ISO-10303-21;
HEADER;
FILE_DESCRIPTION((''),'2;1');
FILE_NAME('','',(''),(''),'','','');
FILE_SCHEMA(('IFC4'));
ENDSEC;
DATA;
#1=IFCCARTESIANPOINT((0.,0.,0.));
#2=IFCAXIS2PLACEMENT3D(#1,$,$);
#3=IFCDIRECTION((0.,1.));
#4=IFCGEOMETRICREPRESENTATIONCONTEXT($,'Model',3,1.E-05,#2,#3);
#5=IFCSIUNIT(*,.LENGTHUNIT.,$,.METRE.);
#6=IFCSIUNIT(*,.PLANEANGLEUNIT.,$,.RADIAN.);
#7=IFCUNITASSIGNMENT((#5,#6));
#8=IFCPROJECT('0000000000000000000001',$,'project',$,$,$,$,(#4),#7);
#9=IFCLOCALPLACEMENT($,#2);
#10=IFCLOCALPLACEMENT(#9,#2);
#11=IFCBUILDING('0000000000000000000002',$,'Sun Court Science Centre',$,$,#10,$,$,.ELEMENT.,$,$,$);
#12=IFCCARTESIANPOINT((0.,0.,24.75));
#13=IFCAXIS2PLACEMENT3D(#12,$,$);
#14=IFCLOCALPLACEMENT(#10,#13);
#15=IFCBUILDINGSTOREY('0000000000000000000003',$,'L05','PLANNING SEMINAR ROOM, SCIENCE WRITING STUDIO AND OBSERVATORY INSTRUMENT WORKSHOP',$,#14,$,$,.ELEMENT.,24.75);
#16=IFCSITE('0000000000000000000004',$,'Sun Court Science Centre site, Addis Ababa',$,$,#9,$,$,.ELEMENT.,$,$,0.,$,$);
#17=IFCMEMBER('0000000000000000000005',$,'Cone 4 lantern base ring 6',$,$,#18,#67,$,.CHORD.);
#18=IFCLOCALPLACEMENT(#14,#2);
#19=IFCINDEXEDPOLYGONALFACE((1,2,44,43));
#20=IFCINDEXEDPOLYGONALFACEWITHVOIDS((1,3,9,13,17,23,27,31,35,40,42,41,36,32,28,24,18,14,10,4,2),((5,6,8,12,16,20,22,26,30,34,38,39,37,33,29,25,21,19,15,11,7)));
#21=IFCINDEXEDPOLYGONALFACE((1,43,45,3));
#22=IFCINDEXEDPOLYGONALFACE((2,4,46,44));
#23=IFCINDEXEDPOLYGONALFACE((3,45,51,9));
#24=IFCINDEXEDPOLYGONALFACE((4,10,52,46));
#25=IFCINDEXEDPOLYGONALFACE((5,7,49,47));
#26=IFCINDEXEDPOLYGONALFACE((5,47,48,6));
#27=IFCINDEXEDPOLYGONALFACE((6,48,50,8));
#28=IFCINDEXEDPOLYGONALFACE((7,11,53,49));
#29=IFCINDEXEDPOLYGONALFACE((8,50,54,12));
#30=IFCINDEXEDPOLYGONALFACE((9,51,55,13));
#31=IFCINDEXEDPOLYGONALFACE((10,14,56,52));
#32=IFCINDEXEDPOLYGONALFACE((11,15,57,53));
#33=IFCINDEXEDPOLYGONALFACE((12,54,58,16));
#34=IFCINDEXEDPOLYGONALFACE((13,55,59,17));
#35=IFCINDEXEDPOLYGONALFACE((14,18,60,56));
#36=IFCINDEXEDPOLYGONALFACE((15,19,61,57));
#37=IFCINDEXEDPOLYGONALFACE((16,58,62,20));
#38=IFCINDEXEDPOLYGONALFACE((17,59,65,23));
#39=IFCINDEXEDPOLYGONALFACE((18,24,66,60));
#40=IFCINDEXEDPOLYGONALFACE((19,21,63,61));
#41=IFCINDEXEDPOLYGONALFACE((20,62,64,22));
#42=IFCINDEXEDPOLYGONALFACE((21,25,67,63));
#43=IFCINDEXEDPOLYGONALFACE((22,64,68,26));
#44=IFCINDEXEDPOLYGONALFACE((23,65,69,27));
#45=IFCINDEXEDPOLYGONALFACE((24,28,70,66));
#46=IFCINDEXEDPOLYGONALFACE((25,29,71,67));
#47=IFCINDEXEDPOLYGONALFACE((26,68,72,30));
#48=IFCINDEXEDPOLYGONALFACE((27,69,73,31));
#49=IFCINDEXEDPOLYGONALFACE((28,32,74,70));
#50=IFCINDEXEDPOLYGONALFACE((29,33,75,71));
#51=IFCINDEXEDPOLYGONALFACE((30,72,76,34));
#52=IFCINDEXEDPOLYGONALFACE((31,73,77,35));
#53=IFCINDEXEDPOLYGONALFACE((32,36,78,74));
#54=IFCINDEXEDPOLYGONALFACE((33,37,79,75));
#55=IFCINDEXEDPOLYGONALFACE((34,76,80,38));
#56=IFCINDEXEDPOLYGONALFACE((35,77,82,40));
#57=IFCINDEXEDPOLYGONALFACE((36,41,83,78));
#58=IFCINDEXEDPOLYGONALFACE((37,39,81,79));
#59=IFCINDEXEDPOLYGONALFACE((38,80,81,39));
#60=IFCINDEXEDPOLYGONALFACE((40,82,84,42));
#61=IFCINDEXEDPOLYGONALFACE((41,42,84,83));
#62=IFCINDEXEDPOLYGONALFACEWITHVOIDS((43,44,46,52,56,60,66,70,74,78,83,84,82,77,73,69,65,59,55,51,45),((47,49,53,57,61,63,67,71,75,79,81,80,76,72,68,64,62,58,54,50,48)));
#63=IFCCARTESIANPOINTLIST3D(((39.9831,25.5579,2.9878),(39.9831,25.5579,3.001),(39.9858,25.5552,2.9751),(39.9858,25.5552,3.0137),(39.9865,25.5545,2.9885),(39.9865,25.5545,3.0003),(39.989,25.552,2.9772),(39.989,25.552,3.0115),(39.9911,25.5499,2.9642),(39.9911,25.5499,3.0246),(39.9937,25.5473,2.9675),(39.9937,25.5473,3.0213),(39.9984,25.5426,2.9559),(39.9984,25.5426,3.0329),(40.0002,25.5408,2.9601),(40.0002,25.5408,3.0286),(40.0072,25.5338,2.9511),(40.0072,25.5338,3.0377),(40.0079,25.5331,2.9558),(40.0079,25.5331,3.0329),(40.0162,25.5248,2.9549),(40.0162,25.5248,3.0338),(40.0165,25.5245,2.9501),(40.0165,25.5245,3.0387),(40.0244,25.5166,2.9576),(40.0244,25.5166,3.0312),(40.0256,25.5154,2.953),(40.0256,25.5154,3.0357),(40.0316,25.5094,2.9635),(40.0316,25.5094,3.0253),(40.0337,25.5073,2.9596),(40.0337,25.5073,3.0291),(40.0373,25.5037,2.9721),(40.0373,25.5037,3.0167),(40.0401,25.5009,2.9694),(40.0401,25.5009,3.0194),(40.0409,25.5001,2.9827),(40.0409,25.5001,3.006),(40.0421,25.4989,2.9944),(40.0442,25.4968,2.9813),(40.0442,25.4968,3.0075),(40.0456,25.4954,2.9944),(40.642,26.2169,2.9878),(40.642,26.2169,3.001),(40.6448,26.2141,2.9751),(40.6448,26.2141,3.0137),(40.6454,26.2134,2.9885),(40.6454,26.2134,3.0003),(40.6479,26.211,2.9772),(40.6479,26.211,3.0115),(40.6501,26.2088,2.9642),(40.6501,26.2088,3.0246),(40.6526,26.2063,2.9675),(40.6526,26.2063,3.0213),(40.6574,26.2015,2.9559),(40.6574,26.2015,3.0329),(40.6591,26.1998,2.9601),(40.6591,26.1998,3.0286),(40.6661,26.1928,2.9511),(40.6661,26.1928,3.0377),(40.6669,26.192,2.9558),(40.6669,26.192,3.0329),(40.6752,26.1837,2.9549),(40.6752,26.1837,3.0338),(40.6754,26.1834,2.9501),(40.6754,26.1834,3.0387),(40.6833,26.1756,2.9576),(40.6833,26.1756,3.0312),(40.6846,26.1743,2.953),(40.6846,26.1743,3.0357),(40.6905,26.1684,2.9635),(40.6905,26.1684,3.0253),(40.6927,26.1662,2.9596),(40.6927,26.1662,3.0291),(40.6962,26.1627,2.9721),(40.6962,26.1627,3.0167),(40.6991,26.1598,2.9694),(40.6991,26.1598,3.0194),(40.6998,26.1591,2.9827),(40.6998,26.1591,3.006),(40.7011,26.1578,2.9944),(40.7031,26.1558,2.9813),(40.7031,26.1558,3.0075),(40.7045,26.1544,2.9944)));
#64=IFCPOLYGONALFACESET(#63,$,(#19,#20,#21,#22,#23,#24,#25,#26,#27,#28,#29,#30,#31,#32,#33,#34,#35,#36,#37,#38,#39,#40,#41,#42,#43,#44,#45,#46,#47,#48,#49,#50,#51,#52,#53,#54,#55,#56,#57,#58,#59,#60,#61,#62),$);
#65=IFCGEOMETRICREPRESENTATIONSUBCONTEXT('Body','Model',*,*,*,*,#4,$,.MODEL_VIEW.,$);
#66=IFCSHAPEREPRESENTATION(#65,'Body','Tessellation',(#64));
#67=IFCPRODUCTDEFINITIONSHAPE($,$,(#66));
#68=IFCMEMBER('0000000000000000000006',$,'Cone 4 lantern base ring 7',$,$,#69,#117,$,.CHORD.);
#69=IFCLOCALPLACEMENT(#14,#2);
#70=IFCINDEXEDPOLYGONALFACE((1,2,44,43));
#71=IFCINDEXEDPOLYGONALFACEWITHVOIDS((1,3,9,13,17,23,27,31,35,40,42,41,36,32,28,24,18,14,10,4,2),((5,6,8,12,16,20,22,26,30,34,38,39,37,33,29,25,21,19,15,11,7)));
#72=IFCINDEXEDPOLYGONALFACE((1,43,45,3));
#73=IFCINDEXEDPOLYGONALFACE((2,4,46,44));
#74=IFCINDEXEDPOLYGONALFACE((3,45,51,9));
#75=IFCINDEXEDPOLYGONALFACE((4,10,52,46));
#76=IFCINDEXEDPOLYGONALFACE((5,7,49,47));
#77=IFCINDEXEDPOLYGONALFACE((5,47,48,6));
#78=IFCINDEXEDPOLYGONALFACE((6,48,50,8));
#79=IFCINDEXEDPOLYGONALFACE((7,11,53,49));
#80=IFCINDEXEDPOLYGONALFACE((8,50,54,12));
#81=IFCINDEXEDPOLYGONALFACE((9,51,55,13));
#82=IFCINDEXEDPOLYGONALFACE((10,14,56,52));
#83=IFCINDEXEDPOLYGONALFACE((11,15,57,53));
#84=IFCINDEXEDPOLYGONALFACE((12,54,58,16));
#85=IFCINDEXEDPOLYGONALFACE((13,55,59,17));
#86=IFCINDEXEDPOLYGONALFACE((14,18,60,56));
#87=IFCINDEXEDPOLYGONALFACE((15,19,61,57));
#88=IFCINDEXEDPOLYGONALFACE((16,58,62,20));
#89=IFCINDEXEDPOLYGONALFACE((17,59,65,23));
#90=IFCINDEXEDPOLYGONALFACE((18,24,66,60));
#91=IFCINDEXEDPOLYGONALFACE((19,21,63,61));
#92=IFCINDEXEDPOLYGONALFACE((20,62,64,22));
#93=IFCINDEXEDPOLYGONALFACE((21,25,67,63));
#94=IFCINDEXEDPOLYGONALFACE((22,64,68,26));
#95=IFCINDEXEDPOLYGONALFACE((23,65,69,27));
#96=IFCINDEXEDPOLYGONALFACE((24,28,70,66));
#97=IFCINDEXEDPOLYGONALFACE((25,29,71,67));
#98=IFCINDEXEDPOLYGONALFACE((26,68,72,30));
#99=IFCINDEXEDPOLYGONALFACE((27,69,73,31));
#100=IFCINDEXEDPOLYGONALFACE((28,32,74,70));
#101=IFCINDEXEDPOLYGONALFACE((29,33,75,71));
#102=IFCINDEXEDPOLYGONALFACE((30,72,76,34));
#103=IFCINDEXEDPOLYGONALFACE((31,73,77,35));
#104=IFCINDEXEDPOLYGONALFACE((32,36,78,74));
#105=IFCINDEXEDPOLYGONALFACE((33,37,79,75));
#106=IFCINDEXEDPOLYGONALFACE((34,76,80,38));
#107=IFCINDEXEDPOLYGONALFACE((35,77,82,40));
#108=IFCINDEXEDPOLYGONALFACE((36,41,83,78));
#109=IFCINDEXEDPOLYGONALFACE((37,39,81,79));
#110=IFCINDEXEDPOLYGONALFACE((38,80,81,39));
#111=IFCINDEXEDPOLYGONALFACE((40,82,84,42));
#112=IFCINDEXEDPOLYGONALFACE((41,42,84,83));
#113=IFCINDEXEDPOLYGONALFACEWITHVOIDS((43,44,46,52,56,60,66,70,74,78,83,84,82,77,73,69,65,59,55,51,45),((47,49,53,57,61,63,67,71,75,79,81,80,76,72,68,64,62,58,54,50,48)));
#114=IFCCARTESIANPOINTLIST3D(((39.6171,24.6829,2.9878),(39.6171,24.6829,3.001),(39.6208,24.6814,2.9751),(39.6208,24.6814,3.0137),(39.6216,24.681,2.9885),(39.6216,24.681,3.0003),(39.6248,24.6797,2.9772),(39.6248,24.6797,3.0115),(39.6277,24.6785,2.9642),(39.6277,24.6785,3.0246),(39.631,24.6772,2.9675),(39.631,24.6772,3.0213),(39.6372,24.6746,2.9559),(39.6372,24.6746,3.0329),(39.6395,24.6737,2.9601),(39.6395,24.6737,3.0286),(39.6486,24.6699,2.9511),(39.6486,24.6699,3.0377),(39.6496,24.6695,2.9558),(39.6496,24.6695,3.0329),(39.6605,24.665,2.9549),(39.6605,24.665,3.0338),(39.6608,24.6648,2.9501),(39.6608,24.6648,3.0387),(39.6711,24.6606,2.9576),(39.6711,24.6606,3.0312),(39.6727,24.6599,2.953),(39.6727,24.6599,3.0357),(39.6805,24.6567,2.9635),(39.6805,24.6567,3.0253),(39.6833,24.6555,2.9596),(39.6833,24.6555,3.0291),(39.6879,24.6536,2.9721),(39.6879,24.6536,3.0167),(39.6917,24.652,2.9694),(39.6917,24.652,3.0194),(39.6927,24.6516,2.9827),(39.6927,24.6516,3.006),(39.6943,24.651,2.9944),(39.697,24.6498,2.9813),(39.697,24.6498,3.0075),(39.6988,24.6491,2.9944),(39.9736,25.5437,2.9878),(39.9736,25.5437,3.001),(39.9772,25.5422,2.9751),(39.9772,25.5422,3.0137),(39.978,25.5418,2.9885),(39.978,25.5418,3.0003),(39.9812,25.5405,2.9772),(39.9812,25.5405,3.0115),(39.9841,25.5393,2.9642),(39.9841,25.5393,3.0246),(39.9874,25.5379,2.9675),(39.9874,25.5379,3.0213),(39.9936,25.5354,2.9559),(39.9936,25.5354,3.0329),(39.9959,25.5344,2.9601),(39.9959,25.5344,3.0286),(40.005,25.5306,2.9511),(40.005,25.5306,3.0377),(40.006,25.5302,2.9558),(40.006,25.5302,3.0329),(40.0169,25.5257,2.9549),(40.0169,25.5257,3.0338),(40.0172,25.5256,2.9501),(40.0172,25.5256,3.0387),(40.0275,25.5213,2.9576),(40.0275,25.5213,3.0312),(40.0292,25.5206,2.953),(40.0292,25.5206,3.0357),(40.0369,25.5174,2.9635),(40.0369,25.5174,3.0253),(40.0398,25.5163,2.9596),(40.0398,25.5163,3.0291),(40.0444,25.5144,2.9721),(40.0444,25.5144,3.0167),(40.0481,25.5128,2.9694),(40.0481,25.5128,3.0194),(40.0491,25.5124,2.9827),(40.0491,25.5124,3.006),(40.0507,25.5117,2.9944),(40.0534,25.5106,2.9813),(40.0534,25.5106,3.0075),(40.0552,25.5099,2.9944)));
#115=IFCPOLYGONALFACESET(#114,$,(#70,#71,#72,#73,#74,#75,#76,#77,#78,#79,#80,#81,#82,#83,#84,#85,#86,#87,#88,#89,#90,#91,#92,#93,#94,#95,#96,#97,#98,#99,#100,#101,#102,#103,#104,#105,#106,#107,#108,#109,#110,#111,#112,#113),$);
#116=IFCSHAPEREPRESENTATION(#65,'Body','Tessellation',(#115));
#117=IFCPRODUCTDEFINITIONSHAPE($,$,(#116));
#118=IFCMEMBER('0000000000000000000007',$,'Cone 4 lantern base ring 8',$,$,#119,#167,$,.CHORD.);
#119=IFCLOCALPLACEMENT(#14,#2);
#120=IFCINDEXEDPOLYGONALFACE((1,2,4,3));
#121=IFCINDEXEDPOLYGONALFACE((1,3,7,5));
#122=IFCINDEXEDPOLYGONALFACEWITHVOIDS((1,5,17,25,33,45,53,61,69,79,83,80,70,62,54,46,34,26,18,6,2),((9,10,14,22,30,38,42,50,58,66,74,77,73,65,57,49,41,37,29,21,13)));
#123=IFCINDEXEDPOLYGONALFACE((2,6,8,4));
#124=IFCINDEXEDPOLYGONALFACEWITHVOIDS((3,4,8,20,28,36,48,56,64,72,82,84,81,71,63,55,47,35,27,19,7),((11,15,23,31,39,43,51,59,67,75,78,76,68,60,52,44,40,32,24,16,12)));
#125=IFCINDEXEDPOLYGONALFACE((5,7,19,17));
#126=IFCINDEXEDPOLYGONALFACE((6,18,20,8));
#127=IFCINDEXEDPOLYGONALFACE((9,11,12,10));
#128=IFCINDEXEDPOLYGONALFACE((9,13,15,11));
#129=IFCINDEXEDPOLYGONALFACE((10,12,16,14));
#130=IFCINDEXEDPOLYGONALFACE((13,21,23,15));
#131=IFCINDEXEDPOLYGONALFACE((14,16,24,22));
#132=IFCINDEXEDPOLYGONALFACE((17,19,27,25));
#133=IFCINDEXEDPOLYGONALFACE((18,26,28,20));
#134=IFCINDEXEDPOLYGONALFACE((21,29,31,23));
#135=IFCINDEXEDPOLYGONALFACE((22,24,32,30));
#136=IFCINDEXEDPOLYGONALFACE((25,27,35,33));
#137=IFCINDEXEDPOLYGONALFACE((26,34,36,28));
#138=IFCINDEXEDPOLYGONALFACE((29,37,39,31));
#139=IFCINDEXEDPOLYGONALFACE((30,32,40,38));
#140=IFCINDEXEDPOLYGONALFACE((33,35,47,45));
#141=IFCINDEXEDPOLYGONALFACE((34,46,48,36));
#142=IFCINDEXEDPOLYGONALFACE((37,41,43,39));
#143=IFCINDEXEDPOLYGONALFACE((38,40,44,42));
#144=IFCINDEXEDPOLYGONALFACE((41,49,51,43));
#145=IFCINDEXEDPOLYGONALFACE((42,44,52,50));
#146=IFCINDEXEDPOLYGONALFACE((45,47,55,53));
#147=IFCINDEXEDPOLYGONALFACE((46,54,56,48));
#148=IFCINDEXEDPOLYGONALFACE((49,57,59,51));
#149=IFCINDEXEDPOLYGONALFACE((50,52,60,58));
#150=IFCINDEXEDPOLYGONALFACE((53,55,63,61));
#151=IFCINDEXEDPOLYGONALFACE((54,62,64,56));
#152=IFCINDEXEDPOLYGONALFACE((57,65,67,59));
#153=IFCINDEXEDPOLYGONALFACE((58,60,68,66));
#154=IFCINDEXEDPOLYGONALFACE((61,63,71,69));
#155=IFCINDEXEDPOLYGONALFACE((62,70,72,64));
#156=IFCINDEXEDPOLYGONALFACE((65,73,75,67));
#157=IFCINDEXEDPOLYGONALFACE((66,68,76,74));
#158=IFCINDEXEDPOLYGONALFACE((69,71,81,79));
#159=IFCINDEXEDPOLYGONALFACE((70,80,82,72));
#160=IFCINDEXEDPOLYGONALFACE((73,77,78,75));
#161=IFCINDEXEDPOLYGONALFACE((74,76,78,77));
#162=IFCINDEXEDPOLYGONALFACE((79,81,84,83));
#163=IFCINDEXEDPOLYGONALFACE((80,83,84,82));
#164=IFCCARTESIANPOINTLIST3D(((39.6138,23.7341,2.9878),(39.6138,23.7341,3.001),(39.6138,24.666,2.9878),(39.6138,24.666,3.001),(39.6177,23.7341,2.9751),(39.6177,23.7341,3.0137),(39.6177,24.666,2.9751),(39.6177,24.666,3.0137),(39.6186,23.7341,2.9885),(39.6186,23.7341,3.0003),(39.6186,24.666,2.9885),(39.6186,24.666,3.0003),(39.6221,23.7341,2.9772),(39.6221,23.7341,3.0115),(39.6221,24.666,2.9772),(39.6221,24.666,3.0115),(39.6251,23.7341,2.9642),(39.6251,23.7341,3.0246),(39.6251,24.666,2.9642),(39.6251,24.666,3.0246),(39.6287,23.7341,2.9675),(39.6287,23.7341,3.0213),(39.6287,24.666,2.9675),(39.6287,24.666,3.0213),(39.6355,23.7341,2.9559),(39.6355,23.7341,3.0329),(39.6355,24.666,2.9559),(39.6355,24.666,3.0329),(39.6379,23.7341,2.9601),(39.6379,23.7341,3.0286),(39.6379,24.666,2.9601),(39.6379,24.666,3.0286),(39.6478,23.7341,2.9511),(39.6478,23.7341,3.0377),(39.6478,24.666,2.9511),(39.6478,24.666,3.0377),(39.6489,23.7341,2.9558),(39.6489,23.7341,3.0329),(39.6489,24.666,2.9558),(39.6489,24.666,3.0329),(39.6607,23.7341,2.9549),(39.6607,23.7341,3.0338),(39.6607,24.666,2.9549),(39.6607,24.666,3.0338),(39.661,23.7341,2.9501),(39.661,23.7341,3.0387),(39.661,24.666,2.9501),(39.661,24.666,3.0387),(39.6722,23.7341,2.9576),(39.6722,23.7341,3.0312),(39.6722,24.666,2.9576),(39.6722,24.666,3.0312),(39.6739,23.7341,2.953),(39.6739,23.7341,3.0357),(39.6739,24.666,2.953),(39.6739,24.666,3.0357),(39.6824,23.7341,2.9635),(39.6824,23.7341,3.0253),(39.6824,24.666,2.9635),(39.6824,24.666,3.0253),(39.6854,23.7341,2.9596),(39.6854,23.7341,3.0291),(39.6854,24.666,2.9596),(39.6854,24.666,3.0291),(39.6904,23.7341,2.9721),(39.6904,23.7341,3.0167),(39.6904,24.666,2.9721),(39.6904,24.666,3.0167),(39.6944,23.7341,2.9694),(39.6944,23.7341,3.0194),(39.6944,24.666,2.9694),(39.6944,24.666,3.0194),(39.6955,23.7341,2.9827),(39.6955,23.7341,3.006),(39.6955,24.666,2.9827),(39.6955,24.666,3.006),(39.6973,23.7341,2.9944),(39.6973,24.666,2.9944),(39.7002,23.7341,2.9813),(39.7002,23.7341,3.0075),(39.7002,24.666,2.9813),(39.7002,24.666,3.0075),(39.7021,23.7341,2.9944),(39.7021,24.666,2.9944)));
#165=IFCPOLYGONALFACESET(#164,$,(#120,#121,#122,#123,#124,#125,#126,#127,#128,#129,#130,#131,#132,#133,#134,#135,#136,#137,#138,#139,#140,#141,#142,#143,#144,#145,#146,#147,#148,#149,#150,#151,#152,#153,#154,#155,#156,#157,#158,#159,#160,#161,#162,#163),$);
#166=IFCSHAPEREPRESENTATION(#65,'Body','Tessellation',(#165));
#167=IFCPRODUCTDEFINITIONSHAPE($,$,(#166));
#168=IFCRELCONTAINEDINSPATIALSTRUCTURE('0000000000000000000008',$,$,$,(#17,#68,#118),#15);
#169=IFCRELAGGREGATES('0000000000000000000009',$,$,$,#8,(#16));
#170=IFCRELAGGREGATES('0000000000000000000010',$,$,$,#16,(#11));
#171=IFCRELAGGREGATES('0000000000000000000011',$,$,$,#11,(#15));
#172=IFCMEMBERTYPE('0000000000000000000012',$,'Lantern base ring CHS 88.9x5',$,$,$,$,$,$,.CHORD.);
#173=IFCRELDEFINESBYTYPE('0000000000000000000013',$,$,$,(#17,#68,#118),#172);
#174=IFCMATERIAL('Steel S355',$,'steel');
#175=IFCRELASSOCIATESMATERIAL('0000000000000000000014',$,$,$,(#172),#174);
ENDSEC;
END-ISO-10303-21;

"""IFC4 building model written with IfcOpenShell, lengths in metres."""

from ifc_helpers import new_model, si_unit, direction, frame, origin, origin_2d, place, context, subcontext, project, spatial, hollow_circle, extrude, material, material_profile, profile_set, type_object, element, save


model = new_model("IFC4")

# Units and contexts
model_context = context("Model", 3, precision=1e-05, world=origin(), true_north=direction((0.0, 1.0)))
body_context = subcontext(model_context, "Body", "Model", "MODEL_VIEW")
ifc_project = project(units=[si_unit("LENGTHUNIT", "METRE"), si_unit("PLANEANGLEUNIT", "RADIAN")], contexts=[model_context])

# Site, building, storey
site_placement = place(None, origin())
site = spatial("IfcSite", under=ifc_project, at=site_placement, Name="Sun Court Science Centre site, Addis Ababa", CompositionType="ELEMENT", RefElevation=0.0)
building_placement = place(site_placement, origin())
building = spatial("IfcBuilding", under=site, at=building_placement, Name="Sun Court Science Centre", CompositionType="ELEMENT")
storey_placement = place(building_placement, frame((0.0, 0.0, 24.75)))
storey = spatial("IfcBuildingStorey", under=building, at=storey_placement, Name="L05", Description="PLANNING SEMINAR ROOM, SCIENCE WRITING STUDIO AND OBSERVATORY INSTRUMENT WORKSHOP", CompositionType="ELEMENT", Elevation=24.75)

# Members
ifc_material_1 = material(Name="Steel S355", Category="steel")
ifc_material_profile_1 = material_profile(ifc_material_1, hollow_circle(Radius=0.0444, WallThickness=0.0049, at=origin_2d()), Name="CHS 88.9x5")
ifc_profile_set_1 = profile_set([ifc_material_profile_1], Name="Steel S355")
member_type_1 = type_object("IfcMemberType", Name="Lantern base ring CHS 88.9x5", PredefinedType="CHORD", material=ifc_profile_set_1)
for number, where, z_axis, x_axis, name in (
    (1, (40.6731, 26.1858, 2.9944), (-0.707107, -0.707107, 0.0), (0.707107, -0.707107, 0.0), "Cone 4 lantern base ring 6"),
):
    element("IfcMember", number, at=place(storey_placement, frame(where, z_axis=z_axis, x_axis=x_axis)), inside=storey, type_object=member_type_1, Name=name, PredefinedType="CHORD", context=body_context, shape_type="SweptSolid", body=[
        extrude(hollow_circle(Radius=0.0444, WallThickness=0.0049, at=origin_2d()), origin(), (0.0, 0.0, 1.0), 0.9319),
    ])
member_1_placement = place(storey_placement, frame((40.0142, 25.5269, 2.9944), z_axis=(-0.382568, -0.923927, 0.0), x_axis=(0.923927, -0.382568, 0.0)))
element("IfcMember", 2, at=member_1_placement, inside=storey, type_object=member_type_1, Name="Cone 4 lantern base ring 7", PredefinedType="CHORD", context=body_context, shape_type="SweptSolid", body=[
    extrude(hollow_circle(Radius=0.0444, WallThickness=0.0049, at=origin_2d()), origin(), (0.0, 0.0, 1.0), 0.9316),
])
member_2_placement = place(storey_placement, frame((39.6577, 24.666, 2.9944), z_axis=(0.0, -1.0, 0.0), x_axis=(1.0, 0.0, 0.0)))
element("IfcMember", 3, at=member_2_placement, inside=storey, type_object=member_type_1, Name="Cone 4 lantern base ring 8", PredefinedType="CHORD", context=body_context, shape_type="SweptSolid", body=[
    extrude(hollow_circle(Radius=0.0444, WallThickness=0.0049, at=origin_2d()), origin(), (0.0, 0.0, 1.0), 0.9319),
])

save(model, "model.ifc")
